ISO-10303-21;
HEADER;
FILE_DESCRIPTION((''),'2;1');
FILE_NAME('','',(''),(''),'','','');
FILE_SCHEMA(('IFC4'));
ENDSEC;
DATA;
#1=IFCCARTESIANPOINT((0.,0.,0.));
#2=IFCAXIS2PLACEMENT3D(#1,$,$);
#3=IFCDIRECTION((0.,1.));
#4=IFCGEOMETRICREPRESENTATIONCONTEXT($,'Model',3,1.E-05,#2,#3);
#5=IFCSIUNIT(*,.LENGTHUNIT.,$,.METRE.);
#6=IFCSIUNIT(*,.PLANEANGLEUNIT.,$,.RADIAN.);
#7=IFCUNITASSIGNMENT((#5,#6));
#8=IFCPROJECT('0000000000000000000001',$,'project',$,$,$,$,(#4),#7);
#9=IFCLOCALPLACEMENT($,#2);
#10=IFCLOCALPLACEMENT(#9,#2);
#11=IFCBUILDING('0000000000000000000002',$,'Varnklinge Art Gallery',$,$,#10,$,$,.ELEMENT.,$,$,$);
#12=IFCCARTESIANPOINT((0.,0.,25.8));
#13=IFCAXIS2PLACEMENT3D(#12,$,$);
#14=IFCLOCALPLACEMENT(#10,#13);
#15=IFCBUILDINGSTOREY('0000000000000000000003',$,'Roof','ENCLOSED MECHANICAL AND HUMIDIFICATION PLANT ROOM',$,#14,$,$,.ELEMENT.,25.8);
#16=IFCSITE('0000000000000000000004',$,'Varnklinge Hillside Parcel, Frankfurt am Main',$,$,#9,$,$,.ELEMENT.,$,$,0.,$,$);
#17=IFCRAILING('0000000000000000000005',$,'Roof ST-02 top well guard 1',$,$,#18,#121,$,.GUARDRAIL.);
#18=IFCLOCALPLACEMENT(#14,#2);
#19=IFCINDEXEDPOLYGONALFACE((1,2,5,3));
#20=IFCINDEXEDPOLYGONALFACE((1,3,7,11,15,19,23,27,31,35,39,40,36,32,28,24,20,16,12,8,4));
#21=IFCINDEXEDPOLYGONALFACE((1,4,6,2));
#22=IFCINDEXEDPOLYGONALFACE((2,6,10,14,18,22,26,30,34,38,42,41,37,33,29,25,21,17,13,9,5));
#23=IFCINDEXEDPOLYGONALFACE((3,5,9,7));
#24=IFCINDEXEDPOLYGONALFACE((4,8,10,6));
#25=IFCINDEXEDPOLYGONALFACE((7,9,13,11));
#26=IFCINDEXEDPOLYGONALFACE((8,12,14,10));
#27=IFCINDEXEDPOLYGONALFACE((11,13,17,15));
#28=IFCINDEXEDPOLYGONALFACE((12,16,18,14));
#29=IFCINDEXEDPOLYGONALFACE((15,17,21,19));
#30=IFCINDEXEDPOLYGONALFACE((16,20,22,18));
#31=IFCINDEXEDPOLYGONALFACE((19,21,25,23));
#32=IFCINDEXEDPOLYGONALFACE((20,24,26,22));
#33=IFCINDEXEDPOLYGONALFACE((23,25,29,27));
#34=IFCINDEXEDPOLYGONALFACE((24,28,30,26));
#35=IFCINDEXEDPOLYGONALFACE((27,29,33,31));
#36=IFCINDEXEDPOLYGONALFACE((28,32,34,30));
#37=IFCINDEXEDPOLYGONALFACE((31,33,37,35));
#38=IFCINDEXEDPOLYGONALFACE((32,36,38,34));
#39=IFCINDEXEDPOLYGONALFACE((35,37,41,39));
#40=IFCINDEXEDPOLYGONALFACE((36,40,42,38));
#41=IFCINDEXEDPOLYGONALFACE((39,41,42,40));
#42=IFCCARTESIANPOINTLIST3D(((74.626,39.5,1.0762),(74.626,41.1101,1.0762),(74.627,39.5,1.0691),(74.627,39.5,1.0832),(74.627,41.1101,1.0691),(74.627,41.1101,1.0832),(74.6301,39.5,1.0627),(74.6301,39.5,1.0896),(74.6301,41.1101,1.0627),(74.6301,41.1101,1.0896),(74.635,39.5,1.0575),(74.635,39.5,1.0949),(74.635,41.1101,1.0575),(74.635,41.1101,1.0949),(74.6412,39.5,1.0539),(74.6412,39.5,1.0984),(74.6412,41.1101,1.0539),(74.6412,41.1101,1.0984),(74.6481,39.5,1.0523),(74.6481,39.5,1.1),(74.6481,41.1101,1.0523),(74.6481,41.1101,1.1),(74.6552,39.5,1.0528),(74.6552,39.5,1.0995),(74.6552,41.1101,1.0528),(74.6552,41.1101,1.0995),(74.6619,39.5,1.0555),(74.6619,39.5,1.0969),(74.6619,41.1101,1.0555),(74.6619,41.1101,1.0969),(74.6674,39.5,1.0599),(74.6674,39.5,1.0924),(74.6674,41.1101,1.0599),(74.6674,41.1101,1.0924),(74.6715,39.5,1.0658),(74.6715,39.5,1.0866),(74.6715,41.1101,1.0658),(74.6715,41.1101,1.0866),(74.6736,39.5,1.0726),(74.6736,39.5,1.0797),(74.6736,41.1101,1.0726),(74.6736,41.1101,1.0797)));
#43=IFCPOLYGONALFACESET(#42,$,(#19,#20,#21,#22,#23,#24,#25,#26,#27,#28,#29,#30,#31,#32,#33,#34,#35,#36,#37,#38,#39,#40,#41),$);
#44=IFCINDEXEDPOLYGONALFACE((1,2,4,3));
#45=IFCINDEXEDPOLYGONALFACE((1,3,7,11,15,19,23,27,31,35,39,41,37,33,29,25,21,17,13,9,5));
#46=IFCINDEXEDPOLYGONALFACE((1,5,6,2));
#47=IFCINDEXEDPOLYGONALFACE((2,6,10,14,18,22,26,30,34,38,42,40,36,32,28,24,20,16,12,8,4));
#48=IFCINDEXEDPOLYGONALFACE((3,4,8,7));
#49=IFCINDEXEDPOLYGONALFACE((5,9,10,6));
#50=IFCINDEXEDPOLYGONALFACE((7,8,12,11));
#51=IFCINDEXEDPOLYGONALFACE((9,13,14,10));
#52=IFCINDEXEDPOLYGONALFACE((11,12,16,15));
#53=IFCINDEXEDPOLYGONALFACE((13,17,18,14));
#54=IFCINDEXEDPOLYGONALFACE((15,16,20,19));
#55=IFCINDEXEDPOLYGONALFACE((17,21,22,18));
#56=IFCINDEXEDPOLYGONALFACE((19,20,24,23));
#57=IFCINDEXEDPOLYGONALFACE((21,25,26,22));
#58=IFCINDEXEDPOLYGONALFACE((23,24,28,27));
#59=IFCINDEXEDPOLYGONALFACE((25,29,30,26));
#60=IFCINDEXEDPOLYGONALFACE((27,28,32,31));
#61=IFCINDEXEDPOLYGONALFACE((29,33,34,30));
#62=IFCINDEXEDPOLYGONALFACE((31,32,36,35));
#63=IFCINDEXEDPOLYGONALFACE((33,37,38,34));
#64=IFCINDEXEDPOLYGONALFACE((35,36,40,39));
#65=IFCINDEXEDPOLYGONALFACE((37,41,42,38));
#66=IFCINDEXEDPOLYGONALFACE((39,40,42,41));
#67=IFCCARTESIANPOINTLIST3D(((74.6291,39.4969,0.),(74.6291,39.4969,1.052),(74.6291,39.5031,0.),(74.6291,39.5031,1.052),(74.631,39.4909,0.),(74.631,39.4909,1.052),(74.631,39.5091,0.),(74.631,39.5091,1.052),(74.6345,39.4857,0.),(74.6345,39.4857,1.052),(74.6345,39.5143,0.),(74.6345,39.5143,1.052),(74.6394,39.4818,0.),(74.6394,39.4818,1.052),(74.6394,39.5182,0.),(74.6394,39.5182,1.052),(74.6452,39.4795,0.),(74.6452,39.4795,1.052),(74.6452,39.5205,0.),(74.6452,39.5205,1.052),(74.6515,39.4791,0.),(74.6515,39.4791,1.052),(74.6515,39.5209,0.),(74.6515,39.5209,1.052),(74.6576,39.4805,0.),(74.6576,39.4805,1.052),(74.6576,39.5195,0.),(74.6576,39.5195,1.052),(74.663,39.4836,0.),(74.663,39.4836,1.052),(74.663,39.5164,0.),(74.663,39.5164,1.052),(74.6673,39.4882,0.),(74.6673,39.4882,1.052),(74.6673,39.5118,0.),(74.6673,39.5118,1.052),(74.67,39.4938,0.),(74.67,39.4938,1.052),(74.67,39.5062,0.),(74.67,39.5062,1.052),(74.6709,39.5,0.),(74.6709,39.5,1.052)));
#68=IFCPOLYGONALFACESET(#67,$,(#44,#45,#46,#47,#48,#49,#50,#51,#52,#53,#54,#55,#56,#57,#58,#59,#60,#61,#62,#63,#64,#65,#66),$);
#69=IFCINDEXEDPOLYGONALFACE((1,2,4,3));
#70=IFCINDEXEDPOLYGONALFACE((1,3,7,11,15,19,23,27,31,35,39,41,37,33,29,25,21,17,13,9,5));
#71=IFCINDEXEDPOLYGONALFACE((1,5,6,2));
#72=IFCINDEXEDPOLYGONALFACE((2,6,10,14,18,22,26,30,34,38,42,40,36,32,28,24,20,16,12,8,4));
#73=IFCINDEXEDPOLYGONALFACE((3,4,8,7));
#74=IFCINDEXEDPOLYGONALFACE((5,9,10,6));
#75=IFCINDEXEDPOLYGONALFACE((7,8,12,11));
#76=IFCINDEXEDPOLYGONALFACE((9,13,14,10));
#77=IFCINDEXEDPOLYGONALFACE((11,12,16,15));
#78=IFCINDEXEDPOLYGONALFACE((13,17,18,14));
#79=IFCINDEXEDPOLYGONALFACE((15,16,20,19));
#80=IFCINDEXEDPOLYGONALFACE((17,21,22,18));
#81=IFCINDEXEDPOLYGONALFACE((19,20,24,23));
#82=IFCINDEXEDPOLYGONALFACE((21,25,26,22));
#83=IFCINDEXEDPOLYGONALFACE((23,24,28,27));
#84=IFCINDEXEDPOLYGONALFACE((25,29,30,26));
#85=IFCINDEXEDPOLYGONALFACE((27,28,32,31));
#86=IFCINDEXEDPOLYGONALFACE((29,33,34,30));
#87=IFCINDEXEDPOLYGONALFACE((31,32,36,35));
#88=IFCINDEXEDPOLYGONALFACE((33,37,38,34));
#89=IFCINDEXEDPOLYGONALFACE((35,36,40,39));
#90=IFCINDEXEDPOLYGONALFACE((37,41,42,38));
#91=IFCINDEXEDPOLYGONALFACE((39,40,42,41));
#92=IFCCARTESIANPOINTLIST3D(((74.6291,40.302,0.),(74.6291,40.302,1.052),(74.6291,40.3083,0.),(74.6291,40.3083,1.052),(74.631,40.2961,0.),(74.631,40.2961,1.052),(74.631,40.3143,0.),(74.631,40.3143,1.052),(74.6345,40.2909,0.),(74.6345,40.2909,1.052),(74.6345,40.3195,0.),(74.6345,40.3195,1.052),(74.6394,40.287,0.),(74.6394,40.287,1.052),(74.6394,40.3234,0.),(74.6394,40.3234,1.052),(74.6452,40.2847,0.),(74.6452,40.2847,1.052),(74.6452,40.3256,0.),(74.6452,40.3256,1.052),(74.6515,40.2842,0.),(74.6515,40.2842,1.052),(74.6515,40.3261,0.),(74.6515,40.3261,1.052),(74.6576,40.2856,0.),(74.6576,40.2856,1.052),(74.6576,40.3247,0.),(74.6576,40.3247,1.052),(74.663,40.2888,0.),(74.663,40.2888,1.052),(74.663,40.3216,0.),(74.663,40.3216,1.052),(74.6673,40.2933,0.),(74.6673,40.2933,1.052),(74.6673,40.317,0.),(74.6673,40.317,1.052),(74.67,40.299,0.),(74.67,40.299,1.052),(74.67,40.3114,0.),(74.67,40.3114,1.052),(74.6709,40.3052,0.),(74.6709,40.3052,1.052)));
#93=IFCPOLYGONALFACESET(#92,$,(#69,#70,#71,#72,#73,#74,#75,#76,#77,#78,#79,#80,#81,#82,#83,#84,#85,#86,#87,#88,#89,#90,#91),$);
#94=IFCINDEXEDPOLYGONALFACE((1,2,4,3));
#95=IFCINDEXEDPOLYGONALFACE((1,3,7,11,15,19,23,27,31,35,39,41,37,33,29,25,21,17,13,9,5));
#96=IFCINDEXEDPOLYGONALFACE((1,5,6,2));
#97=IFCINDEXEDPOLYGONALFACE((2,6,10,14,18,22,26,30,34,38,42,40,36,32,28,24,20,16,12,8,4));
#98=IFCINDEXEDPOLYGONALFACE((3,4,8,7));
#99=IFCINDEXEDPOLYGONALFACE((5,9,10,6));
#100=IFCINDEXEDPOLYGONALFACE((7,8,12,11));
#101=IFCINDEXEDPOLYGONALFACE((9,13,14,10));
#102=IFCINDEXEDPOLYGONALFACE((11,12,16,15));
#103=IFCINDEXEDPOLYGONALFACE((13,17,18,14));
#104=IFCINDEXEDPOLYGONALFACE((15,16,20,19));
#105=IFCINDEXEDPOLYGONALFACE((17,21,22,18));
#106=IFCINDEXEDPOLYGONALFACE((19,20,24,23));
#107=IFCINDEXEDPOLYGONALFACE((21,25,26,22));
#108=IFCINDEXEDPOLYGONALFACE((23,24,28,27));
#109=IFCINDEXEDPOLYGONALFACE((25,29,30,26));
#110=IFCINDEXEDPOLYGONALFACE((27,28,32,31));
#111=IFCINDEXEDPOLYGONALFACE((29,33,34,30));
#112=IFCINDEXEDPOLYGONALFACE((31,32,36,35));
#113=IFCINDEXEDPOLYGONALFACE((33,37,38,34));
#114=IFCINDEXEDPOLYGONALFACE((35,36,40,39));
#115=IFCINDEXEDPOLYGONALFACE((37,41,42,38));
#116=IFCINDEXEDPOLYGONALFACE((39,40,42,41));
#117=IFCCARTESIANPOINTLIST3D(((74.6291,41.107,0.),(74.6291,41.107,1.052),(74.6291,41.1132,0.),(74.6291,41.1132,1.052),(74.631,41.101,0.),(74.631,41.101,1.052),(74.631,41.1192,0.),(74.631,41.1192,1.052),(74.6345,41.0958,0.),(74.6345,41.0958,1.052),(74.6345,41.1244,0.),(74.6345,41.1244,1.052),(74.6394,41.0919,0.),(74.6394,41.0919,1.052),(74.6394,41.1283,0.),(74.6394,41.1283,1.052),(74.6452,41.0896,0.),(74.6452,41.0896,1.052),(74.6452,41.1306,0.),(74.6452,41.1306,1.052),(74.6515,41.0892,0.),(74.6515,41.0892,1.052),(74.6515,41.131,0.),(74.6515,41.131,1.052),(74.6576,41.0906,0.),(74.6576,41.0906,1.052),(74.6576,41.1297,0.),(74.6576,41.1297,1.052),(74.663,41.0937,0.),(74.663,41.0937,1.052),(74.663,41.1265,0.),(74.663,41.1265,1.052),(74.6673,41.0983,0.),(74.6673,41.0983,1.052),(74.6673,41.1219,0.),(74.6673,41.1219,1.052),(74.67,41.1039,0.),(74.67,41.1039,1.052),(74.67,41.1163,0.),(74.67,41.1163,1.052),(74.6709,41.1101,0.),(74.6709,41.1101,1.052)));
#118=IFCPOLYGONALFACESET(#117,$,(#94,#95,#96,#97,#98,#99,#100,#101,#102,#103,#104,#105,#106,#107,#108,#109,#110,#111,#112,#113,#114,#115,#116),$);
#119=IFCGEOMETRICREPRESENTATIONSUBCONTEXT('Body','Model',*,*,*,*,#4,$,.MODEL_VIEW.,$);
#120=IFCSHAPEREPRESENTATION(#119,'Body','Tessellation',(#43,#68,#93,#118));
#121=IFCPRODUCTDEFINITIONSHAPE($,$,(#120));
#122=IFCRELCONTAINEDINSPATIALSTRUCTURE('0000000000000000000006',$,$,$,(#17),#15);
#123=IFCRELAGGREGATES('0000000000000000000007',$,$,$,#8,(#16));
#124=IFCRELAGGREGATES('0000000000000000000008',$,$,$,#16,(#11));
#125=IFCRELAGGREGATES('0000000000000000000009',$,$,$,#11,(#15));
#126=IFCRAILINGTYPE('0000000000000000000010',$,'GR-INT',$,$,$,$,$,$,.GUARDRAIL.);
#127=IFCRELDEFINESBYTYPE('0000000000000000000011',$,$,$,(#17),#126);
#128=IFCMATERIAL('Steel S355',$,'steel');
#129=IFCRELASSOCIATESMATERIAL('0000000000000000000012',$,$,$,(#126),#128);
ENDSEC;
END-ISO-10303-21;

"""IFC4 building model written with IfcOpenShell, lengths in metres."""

from ifc_helpers import new_model, si_unit, direction, frame, origin, origin_2d, place, context, subcontext, project, spatial, circle, extrude, material, type_object, element, save


model = new_model("IFC4")

# Units and contexts
model_context = context("Model", 3, precision=1e-05, world=origin(), true_north=direction((0.0, 1.0)))
body_context = subcontext(model_context, "Body", "Model", "MODEL_VIEW")
ifc_project = project(units=[si_unit("LENGTHUNIT", "METRE"), si_unit("PLANEANGLEUNIT", "RADIAN")], contexts=[model_context])

# Site, building, storey
site_placement = place(None, origin())
site = spatial("IfcSite", under=ifc_project, at=site_placement, Name="Varnklinge Hillside Parcel, Frankfurt am Main", CompositionType="ELEMENT", RefElevation=0.0)
building_placement = place(site_placement, origin())
building = spatial("IfcBuilding", under=site, at=building_placement, Name="Varnklinge Art Gallery", CompositionType="ELEMENT")
storey_placement = place(building_placement, frame((0.0, 0.0, 25.8)))
storey = spatial("IfcBuildingStorey", under=building, at=storey_placement, Name="Roof", Description="ENCLOSED MECHANICAL AND HUMIDIFICATION PLANT ROOM", CompositionType="ELEMENT", Elevation=25.8)

# Railing
ifc_material_1 = material(Name="Steel S355", Category="steel")
railing_type = type_object("IfcRailingType", Name="GR-INT", PredefinedType="GUARDRAIL", material=ifc_material_1)
for number, where, name in (
    (1, (74.6499, 39.5, 0.0), "Roof ST-02 top well guard 1"),
):
    element("IfcRailing", number, at=place(storey_placement, frame(where)), inside=storey, type_object=railing_type, Name=name, PredefinedType="GUARDRAIL", context=body_context, shape_type="SweptSolid", body=[
        extrude(circle(Radius=0.0239, at=origin_2d()), frame((0.0, 0.0, 1.0762), z_axis=(0.0, 1.0, 0.0), x_axis=(-1.0, 0.0, 0.0)), (0.0, 0.0, 1.0), 1.6101),
        extrude(circle(Radius=0.021, at=origin_2d()), origin(), (0.0, 0.0, 1.0), 1.052),
        extrude(circle(Radius=0.021, at=origin_2d()), frame((0.0, 0.8052, 0.0)), (0.0, 0.0, 1.0), 1.052),
        extrude(circle(Radius=0.021, at=origin_2d()), frame((0.0, 1.6101, 0.0)), (0.0, 0.0, 1.0), 1.052),
    ])

save(model, "model.ifc")
